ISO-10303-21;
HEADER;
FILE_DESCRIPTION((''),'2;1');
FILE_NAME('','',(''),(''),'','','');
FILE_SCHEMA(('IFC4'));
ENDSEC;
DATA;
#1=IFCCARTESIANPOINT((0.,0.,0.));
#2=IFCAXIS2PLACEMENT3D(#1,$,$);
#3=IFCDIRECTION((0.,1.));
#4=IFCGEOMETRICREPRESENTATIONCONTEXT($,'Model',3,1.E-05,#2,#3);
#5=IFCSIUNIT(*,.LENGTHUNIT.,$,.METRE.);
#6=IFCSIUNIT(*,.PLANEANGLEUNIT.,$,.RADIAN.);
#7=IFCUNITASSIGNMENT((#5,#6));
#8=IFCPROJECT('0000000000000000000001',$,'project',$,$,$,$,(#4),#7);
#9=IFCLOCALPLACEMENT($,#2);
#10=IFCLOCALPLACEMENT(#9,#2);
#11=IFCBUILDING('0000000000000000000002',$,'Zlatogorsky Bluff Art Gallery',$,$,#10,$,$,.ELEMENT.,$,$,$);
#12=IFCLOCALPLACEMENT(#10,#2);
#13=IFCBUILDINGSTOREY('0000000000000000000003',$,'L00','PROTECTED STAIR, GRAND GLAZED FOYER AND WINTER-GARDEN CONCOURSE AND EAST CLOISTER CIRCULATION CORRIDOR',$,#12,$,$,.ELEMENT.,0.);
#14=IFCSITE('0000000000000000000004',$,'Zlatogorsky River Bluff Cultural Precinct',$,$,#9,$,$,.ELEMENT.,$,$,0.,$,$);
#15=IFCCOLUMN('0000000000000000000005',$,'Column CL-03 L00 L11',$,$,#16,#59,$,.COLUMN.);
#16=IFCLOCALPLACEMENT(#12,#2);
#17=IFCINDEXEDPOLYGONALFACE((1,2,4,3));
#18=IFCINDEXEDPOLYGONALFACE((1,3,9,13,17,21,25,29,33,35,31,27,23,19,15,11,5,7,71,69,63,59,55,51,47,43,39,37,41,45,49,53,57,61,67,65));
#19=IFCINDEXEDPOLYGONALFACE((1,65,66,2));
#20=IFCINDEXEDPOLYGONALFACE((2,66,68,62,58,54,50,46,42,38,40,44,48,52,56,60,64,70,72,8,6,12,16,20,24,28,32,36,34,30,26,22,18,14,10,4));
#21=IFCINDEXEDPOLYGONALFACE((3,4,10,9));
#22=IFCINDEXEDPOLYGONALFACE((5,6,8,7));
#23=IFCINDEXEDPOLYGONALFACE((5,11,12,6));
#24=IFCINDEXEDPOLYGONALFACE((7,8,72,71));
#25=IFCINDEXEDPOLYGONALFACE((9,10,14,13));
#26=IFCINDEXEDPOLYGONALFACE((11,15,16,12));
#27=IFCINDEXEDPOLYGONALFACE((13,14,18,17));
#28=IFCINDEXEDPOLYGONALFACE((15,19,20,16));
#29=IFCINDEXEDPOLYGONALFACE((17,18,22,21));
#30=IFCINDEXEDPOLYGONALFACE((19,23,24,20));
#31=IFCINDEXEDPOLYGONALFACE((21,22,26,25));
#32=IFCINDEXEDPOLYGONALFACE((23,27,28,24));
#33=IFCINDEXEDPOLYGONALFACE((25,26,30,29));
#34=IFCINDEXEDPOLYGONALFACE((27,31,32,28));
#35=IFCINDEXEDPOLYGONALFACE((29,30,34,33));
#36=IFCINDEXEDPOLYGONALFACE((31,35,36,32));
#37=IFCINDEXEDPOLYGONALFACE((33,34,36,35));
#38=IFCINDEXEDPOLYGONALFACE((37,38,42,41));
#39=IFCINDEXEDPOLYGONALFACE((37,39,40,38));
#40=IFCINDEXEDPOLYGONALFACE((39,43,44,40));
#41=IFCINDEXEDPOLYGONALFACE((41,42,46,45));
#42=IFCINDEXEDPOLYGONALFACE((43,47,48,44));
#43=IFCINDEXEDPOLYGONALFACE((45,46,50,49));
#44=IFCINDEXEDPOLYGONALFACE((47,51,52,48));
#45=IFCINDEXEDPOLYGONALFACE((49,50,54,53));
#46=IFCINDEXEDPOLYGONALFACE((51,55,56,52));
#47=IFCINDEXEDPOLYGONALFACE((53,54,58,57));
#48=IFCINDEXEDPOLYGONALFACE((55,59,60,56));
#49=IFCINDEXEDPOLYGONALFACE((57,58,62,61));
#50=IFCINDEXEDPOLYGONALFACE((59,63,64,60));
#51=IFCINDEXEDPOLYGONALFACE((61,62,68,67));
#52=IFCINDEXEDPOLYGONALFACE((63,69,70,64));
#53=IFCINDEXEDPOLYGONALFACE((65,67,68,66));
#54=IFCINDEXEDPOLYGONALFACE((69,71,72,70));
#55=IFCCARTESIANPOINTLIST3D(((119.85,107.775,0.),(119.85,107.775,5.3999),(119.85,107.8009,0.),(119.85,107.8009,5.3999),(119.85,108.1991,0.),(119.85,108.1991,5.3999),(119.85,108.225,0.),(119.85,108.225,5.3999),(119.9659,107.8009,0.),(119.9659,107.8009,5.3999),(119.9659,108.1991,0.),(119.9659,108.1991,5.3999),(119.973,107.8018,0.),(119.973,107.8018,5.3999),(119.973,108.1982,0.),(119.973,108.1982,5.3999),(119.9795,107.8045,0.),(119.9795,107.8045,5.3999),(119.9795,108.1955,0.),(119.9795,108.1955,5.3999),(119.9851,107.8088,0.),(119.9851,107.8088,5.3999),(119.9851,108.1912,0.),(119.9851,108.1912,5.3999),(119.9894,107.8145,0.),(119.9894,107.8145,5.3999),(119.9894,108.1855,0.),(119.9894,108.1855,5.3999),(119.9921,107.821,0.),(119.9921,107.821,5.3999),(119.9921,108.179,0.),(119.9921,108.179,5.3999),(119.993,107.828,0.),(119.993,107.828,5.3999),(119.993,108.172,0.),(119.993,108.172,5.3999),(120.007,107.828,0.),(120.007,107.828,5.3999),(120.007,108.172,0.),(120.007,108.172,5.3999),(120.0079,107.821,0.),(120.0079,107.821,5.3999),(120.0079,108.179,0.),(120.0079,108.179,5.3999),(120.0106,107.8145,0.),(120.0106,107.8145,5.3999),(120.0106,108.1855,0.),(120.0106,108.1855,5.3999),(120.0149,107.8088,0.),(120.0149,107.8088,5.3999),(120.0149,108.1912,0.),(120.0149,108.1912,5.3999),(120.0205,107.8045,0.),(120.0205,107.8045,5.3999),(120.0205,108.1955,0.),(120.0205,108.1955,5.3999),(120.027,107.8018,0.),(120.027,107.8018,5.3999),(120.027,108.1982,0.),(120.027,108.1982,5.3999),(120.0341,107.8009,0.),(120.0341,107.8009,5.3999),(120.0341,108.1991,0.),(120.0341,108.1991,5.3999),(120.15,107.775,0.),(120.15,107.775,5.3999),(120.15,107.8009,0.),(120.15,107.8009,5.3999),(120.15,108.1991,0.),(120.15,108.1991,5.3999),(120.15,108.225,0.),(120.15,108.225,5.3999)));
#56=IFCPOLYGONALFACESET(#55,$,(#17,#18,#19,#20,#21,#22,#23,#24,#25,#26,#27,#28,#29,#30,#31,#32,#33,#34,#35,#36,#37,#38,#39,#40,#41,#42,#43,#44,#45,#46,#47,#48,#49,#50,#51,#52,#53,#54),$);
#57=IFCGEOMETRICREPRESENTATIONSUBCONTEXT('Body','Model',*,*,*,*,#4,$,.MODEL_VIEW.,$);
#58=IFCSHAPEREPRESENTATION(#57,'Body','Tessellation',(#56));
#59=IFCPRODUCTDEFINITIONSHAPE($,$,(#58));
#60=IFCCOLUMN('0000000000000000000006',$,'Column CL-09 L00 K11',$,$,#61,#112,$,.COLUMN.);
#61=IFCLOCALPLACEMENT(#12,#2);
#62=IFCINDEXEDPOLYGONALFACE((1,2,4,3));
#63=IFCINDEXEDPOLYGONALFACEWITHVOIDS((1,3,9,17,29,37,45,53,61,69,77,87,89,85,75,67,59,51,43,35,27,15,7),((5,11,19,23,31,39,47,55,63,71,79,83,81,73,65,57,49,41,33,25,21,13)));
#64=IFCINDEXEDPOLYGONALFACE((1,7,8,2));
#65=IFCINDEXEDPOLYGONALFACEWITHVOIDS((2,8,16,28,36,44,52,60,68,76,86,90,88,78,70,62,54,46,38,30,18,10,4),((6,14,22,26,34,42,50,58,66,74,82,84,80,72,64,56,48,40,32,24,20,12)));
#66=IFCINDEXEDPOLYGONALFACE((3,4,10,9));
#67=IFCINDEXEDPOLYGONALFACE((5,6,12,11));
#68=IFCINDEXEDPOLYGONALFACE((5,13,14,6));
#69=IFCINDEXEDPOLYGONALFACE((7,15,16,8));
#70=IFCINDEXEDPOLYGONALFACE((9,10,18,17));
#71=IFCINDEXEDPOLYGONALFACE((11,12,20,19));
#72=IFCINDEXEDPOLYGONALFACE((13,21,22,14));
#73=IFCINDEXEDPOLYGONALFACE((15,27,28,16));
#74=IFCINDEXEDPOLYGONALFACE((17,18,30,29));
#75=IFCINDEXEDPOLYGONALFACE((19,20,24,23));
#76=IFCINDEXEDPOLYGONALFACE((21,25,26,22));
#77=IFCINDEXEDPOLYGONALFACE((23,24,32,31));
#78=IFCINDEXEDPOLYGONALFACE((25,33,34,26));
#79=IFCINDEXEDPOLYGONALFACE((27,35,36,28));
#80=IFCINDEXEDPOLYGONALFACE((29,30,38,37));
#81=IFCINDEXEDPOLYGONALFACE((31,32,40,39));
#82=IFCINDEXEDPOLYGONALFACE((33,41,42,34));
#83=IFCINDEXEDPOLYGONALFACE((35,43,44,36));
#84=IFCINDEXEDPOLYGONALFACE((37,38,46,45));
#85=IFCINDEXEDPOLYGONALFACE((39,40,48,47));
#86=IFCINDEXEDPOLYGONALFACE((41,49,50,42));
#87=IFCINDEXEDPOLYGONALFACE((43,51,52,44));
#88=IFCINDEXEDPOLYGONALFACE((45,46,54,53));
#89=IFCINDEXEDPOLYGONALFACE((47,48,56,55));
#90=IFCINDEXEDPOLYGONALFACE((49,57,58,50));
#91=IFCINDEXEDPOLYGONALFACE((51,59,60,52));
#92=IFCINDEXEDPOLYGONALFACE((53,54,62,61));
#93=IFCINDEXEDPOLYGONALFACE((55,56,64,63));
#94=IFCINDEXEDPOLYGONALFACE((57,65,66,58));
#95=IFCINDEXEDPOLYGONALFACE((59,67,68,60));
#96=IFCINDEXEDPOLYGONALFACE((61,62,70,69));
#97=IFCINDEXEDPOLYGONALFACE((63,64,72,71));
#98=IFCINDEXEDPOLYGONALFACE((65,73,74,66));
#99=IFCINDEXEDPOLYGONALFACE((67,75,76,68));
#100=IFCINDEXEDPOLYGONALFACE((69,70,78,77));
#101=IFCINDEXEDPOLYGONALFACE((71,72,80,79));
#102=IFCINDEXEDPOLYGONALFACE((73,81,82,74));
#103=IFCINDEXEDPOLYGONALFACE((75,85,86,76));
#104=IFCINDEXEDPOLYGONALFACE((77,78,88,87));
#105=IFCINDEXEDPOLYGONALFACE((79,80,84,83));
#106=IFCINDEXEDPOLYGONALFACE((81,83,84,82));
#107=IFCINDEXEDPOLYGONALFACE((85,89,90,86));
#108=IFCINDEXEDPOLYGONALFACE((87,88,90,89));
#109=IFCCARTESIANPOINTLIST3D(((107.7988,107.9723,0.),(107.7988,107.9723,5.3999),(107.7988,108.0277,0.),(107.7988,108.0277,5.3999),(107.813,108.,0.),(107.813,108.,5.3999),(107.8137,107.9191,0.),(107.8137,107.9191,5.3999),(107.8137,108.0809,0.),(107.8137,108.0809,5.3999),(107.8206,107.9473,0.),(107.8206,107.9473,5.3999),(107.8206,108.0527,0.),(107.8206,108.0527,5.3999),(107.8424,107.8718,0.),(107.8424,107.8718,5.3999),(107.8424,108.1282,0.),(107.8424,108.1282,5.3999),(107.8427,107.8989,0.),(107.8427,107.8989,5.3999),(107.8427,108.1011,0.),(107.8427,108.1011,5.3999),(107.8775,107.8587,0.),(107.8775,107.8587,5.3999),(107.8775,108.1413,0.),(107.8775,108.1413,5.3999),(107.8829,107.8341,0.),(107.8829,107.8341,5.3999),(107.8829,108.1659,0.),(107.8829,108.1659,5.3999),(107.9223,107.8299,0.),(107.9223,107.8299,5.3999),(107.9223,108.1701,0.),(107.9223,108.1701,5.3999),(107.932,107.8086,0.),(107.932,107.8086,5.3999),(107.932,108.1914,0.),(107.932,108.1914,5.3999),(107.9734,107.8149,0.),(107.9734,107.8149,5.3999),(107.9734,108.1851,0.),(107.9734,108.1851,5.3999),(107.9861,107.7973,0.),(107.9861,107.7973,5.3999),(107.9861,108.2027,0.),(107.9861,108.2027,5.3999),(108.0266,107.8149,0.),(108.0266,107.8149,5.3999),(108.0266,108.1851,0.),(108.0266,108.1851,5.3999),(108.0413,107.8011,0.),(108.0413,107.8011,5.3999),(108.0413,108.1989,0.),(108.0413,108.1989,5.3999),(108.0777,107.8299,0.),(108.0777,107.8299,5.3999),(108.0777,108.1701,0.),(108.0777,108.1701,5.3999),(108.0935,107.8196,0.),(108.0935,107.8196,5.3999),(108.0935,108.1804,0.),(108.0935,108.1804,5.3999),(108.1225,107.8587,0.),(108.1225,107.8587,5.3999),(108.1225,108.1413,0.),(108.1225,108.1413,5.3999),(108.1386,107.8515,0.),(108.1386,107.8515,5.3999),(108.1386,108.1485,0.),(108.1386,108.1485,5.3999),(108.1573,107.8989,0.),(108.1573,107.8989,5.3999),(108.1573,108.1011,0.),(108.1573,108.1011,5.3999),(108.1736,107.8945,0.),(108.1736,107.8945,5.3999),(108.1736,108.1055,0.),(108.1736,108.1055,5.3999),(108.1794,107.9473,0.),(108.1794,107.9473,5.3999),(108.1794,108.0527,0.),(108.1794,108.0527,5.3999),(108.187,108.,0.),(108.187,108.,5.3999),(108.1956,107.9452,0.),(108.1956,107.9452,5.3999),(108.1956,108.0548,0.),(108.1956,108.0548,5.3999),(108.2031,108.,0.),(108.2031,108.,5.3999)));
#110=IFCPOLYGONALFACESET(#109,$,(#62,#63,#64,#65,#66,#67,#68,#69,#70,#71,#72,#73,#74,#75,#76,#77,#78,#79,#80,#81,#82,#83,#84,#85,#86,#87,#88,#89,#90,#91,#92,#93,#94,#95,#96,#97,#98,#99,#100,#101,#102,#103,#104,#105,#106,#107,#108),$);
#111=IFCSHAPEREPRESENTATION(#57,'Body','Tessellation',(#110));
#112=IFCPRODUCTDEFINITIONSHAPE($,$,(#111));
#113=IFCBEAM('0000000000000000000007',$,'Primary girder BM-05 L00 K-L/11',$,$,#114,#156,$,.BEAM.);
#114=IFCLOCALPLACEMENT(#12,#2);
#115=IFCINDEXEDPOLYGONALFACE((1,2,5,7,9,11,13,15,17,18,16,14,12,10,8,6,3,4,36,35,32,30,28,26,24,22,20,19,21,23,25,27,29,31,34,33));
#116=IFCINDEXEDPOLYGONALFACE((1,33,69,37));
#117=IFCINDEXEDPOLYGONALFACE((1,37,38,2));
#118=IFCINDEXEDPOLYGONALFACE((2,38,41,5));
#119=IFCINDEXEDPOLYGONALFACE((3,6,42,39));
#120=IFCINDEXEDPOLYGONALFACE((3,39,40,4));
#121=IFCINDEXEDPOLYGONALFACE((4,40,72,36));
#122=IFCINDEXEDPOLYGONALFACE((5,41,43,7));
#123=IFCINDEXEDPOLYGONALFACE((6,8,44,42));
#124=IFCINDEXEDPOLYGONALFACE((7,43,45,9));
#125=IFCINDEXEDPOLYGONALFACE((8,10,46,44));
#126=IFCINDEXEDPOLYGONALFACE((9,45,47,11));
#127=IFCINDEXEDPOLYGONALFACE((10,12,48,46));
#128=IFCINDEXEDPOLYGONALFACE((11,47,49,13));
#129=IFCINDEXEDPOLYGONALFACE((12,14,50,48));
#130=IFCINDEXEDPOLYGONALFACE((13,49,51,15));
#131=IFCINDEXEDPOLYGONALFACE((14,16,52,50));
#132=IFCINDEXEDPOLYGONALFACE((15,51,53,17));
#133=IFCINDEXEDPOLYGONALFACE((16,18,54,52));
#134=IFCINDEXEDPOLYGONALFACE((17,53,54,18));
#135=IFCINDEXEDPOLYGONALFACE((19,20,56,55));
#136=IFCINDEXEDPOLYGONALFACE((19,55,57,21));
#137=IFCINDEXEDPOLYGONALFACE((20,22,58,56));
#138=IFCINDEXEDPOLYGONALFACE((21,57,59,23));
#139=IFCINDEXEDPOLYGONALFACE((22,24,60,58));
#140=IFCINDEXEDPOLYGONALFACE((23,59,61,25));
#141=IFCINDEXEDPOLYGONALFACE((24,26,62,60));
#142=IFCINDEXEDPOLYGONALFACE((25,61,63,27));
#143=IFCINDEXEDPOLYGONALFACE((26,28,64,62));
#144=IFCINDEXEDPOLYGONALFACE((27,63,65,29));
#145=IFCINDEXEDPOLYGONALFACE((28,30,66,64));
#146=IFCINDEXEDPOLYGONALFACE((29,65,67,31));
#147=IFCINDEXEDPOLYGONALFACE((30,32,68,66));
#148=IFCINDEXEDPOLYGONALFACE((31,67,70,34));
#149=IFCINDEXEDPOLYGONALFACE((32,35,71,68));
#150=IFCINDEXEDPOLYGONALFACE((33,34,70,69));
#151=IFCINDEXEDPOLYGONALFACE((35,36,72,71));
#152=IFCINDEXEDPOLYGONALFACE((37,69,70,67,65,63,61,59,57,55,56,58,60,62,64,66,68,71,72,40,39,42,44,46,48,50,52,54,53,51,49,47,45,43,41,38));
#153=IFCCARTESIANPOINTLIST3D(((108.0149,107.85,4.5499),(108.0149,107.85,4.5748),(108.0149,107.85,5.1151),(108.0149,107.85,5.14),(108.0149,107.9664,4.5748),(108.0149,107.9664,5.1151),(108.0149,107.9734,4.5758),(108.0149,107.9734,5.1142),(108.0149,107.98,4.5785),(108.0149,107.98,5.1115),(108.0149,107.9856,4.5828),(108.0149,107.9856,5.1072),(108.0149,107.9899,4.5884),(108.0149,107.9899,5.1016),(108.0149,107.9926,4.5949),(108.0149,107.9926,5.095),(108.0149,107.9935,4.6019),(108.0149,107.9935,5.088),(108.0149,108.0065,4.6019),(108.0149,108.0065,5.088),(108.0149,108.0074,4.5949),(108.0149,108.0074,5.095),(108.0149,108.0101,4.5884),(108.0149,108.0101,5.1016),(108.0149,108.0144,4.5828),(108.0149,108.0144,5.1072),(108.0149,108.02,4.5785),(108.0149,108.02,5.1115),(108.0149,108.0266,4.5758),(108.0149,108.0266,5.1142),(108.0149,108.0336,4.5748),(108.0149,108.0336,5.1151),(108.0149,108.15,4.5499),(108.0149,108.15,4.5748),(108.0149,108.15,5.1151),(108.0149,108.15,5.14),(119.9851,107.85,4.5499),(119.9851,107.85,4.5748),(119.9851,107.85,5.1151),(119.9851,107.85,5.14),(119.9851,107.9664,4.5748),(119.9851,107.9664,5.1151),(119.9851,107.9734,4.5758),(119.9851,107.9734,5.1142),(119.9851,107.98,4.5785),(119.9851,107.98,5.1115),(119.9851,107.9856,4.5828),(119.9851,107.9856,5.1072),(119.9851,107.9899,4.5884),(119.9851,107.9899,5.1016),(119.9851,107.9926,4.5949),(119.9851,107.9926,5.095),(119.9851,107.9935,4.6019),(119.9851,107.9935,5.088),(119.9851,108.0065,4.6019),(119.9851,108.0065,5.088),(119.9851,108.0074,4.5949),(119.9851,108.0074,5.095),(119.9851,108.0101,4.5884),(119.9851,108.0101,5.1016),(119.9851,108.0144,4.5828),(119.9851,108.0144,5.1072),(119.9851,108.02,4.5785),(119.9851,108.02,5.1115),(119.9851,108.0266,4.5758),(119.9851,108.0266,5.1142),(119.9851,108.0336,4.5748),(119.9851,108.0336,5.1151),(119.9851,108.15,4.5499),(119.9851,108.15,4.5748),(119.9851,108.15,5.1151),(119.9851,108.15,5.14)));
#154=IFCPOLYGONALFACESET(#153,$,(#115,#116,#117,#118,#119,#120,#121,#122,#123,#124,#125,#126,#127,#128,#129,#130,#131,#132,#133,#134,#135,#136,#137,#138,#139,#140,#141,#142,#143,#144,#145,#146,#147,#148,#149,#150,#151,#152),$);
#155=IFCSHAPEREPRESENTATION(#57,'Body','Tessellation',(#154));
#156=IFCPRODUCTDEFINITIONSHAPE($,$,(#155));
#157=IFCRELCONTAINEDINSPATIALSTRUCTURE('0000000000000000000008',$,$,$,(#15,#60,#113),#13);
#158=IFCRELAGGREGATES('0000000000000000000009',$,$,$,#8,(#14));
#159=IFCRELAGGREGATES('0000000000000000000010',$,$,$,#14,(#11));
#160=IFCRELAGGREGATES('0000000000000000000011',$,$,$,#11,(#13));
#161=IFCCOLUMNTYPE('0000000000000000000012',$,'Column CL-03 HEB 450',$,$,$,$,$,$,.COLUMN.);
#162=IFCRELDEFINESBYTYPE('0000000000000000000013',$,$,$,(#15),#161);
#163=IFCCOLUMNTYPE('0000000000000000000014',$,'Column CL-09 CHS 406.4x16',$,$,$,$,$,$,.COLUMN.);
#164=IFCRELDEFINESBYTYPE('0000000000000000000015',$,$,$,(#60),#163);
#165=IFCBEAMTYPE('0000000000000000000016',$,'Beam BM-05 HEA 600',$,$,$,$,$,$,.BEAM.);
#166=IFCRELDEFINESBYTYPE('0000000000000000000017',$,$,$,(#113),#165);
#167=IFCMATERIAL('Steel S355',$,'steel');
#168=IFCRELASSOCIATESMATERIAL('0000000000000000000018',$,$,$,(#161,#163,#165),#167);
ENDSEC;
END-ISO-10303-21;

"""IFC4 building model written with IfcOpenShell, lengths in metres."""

from ifc_helpers import new_model, si_unit, direction, frame, origin, origin_2d, place, context, subcontext, project, spatial, hollow_circle, i_section, extrude, material, material_profile, profile_set, type_object, element, save


model = new_model("IFC4")

# Units and contexts
model_context = context("Model", 3, precision=1e-05, world=origin(), true_north=direction((0.0, 1.0)))
body_context = subcontext(model_context, "Body", "Model", "MODEL_VIEW")
ifc_project = project(units=[si_unit("LENGTHUNIT", "METRE"), si_unit("PLANEANGLEUNIT", "RADIAN")], contexts=[model_context])

# Site, building, storey
site_placement = place(None, origin())
site = spatial("IfcSite", under=ifc_project, at=site_placement, Name="Zlatogorsky River Bluff Cultural Precinct", CompositionType="ELEMENT", RefElevation=0.0)
building_placement = place(site_placement, origin())
building = spatial("IfcBuilding", under=site, at=building_placement, Name="Zlatogorsky Bluff Art Gallery", CompositionType="ELEMENT")
storey_placement = place(building_placement, origin())
storey = spatial("IfcBuildingStorey", under=building, at=storey_placement, Name="L00", Description="PROTECTED STAIR, GRAND GLAZED FOYER AND WINTER-GARDEN CONCOURSE AND EAST CLOISTER CIRCULATION CORRIDOR", CompositionType="ELEMENT", Elevation=0.0)

# Columns
ifc_material_1 = material(Name="Steel S355", Category="steel")
ifc_material_profile_1 = material_profile(ifc_material_1, i_section(OverallWidth=0.3, OverallDepth=0.45, WebThickness=0.0139, FlangeThickness=0.0259, FilletRadius=0.0271, at=origin_2d()), Name="HEB 450")
ifc_profile_set_1 = profile_set([ifc_material_profile_1], Name="Steel S355")
column_type_1 = type_object("IfcColumnType", Name="Column CL-03 HEB 450", PredefinedType="COLUMN", material=ifc_profile_set_1)
column_1_placement = place(storey_placement, frame((120.0, 108.0, 0.0), z_axis=(0.0, 0.0, 1.0), x_axis=(1.0, 0.0, 0.0)))
element("IfcColumn", 1, at=column_1_placement, inside=storey, type_object=column_type_1, Name="Column CL-03 L00 L11", PredefinedType="COLUMN", context=body_context, shape_type="SweptSolid", body=[
    extrude(i_section(OverallWidth=0.3, OverallDepth=0.45, WebThickness=0.0139, FlangeThickness=0.0259, FilletRadius=0.0271, at=origin_2d()), origin(), (0.0, 0.0, 1.0), 5.3999),
])
ifc_material_profile_2 = material_profile(ifc_material_1, hollow_circle(Radius=0.2031, WallThickness=0.0161, at=origin_2d()), Name="CHS 406.4x16")
ifc_profile_set_2 = profile_set([ifc_material_profile_2], Name="Steel S355")
column_type_2 = type_object("IfcColumnType", Name="Column CL-09 CHS 406.4x16", PredefinedType="COLUMN", material=ifc_profile_set_2)
column_2_placement = place(storey_placement, frame((108.0, 108.0, 0.0), z_axis=(0.0, 0.0, 1.0), x_axis=(1.0, 0.0, 0.0)))
element("IfcColumn", 2, at=column_2_placement, inside=storey, type_object=column_type_2, Name="Column CL-09 L00 K11", PredefinedType="COLUMN", context=body_context, shape_type="SweptSolid", body=[
    extrude(hollow_circle(Radius=0.2031, WallThickness=0.0161, at=origin_2d()), origin(), (0.0, 0.0, 1.0), 5.3999),
])

# Beam
ifc_material_profile_3 = material_profile(ifc_material_1, i_section(OverallWidth=0.3, OverallDepth=0.5901, WebThickness=0.0129, FlangeThickness=0.0249, FilletRadius=0.0271, at=origin_2d()), Name="HEA 600")
ifc_profile_set_3 = profile_set([ifc_material_profile_3], Name="Steel S355")
beam_type = type_object("IfcBeamType", Name="Beam BM-05 HEA 600", PredefinedType="BEAM", material=ifc_profile_set_3)
for number, where, z_axis, x_axis, name in (
    (3, (108.0149, 108.0, 4.845), (1.0, 0.0, 0.0), (0.0, 1.0, 0.0), "Primary girder BM-05 L00 K-L/11"),
):
    element("IfcBeam", number, at=place(storey_placement, frame(where, z_axis=z_axis, x_axis=x_axis)), inside=storey, type_object=beam_type, Name=name, PredefinedType="BEAM", context=body_context, shape_type="SweptSolid", body=[
        extrude(i_section(OverallWidth=0.3, OverallDepth=0.5901, WebThickness=0.0129, FlangeThickness=0.0249, FilletRadius=0.0271, at=origin_2d()), origin(), (0.0, 0.0, 1.0), 11.9702),
    ])

save(model, "model.ifc")
